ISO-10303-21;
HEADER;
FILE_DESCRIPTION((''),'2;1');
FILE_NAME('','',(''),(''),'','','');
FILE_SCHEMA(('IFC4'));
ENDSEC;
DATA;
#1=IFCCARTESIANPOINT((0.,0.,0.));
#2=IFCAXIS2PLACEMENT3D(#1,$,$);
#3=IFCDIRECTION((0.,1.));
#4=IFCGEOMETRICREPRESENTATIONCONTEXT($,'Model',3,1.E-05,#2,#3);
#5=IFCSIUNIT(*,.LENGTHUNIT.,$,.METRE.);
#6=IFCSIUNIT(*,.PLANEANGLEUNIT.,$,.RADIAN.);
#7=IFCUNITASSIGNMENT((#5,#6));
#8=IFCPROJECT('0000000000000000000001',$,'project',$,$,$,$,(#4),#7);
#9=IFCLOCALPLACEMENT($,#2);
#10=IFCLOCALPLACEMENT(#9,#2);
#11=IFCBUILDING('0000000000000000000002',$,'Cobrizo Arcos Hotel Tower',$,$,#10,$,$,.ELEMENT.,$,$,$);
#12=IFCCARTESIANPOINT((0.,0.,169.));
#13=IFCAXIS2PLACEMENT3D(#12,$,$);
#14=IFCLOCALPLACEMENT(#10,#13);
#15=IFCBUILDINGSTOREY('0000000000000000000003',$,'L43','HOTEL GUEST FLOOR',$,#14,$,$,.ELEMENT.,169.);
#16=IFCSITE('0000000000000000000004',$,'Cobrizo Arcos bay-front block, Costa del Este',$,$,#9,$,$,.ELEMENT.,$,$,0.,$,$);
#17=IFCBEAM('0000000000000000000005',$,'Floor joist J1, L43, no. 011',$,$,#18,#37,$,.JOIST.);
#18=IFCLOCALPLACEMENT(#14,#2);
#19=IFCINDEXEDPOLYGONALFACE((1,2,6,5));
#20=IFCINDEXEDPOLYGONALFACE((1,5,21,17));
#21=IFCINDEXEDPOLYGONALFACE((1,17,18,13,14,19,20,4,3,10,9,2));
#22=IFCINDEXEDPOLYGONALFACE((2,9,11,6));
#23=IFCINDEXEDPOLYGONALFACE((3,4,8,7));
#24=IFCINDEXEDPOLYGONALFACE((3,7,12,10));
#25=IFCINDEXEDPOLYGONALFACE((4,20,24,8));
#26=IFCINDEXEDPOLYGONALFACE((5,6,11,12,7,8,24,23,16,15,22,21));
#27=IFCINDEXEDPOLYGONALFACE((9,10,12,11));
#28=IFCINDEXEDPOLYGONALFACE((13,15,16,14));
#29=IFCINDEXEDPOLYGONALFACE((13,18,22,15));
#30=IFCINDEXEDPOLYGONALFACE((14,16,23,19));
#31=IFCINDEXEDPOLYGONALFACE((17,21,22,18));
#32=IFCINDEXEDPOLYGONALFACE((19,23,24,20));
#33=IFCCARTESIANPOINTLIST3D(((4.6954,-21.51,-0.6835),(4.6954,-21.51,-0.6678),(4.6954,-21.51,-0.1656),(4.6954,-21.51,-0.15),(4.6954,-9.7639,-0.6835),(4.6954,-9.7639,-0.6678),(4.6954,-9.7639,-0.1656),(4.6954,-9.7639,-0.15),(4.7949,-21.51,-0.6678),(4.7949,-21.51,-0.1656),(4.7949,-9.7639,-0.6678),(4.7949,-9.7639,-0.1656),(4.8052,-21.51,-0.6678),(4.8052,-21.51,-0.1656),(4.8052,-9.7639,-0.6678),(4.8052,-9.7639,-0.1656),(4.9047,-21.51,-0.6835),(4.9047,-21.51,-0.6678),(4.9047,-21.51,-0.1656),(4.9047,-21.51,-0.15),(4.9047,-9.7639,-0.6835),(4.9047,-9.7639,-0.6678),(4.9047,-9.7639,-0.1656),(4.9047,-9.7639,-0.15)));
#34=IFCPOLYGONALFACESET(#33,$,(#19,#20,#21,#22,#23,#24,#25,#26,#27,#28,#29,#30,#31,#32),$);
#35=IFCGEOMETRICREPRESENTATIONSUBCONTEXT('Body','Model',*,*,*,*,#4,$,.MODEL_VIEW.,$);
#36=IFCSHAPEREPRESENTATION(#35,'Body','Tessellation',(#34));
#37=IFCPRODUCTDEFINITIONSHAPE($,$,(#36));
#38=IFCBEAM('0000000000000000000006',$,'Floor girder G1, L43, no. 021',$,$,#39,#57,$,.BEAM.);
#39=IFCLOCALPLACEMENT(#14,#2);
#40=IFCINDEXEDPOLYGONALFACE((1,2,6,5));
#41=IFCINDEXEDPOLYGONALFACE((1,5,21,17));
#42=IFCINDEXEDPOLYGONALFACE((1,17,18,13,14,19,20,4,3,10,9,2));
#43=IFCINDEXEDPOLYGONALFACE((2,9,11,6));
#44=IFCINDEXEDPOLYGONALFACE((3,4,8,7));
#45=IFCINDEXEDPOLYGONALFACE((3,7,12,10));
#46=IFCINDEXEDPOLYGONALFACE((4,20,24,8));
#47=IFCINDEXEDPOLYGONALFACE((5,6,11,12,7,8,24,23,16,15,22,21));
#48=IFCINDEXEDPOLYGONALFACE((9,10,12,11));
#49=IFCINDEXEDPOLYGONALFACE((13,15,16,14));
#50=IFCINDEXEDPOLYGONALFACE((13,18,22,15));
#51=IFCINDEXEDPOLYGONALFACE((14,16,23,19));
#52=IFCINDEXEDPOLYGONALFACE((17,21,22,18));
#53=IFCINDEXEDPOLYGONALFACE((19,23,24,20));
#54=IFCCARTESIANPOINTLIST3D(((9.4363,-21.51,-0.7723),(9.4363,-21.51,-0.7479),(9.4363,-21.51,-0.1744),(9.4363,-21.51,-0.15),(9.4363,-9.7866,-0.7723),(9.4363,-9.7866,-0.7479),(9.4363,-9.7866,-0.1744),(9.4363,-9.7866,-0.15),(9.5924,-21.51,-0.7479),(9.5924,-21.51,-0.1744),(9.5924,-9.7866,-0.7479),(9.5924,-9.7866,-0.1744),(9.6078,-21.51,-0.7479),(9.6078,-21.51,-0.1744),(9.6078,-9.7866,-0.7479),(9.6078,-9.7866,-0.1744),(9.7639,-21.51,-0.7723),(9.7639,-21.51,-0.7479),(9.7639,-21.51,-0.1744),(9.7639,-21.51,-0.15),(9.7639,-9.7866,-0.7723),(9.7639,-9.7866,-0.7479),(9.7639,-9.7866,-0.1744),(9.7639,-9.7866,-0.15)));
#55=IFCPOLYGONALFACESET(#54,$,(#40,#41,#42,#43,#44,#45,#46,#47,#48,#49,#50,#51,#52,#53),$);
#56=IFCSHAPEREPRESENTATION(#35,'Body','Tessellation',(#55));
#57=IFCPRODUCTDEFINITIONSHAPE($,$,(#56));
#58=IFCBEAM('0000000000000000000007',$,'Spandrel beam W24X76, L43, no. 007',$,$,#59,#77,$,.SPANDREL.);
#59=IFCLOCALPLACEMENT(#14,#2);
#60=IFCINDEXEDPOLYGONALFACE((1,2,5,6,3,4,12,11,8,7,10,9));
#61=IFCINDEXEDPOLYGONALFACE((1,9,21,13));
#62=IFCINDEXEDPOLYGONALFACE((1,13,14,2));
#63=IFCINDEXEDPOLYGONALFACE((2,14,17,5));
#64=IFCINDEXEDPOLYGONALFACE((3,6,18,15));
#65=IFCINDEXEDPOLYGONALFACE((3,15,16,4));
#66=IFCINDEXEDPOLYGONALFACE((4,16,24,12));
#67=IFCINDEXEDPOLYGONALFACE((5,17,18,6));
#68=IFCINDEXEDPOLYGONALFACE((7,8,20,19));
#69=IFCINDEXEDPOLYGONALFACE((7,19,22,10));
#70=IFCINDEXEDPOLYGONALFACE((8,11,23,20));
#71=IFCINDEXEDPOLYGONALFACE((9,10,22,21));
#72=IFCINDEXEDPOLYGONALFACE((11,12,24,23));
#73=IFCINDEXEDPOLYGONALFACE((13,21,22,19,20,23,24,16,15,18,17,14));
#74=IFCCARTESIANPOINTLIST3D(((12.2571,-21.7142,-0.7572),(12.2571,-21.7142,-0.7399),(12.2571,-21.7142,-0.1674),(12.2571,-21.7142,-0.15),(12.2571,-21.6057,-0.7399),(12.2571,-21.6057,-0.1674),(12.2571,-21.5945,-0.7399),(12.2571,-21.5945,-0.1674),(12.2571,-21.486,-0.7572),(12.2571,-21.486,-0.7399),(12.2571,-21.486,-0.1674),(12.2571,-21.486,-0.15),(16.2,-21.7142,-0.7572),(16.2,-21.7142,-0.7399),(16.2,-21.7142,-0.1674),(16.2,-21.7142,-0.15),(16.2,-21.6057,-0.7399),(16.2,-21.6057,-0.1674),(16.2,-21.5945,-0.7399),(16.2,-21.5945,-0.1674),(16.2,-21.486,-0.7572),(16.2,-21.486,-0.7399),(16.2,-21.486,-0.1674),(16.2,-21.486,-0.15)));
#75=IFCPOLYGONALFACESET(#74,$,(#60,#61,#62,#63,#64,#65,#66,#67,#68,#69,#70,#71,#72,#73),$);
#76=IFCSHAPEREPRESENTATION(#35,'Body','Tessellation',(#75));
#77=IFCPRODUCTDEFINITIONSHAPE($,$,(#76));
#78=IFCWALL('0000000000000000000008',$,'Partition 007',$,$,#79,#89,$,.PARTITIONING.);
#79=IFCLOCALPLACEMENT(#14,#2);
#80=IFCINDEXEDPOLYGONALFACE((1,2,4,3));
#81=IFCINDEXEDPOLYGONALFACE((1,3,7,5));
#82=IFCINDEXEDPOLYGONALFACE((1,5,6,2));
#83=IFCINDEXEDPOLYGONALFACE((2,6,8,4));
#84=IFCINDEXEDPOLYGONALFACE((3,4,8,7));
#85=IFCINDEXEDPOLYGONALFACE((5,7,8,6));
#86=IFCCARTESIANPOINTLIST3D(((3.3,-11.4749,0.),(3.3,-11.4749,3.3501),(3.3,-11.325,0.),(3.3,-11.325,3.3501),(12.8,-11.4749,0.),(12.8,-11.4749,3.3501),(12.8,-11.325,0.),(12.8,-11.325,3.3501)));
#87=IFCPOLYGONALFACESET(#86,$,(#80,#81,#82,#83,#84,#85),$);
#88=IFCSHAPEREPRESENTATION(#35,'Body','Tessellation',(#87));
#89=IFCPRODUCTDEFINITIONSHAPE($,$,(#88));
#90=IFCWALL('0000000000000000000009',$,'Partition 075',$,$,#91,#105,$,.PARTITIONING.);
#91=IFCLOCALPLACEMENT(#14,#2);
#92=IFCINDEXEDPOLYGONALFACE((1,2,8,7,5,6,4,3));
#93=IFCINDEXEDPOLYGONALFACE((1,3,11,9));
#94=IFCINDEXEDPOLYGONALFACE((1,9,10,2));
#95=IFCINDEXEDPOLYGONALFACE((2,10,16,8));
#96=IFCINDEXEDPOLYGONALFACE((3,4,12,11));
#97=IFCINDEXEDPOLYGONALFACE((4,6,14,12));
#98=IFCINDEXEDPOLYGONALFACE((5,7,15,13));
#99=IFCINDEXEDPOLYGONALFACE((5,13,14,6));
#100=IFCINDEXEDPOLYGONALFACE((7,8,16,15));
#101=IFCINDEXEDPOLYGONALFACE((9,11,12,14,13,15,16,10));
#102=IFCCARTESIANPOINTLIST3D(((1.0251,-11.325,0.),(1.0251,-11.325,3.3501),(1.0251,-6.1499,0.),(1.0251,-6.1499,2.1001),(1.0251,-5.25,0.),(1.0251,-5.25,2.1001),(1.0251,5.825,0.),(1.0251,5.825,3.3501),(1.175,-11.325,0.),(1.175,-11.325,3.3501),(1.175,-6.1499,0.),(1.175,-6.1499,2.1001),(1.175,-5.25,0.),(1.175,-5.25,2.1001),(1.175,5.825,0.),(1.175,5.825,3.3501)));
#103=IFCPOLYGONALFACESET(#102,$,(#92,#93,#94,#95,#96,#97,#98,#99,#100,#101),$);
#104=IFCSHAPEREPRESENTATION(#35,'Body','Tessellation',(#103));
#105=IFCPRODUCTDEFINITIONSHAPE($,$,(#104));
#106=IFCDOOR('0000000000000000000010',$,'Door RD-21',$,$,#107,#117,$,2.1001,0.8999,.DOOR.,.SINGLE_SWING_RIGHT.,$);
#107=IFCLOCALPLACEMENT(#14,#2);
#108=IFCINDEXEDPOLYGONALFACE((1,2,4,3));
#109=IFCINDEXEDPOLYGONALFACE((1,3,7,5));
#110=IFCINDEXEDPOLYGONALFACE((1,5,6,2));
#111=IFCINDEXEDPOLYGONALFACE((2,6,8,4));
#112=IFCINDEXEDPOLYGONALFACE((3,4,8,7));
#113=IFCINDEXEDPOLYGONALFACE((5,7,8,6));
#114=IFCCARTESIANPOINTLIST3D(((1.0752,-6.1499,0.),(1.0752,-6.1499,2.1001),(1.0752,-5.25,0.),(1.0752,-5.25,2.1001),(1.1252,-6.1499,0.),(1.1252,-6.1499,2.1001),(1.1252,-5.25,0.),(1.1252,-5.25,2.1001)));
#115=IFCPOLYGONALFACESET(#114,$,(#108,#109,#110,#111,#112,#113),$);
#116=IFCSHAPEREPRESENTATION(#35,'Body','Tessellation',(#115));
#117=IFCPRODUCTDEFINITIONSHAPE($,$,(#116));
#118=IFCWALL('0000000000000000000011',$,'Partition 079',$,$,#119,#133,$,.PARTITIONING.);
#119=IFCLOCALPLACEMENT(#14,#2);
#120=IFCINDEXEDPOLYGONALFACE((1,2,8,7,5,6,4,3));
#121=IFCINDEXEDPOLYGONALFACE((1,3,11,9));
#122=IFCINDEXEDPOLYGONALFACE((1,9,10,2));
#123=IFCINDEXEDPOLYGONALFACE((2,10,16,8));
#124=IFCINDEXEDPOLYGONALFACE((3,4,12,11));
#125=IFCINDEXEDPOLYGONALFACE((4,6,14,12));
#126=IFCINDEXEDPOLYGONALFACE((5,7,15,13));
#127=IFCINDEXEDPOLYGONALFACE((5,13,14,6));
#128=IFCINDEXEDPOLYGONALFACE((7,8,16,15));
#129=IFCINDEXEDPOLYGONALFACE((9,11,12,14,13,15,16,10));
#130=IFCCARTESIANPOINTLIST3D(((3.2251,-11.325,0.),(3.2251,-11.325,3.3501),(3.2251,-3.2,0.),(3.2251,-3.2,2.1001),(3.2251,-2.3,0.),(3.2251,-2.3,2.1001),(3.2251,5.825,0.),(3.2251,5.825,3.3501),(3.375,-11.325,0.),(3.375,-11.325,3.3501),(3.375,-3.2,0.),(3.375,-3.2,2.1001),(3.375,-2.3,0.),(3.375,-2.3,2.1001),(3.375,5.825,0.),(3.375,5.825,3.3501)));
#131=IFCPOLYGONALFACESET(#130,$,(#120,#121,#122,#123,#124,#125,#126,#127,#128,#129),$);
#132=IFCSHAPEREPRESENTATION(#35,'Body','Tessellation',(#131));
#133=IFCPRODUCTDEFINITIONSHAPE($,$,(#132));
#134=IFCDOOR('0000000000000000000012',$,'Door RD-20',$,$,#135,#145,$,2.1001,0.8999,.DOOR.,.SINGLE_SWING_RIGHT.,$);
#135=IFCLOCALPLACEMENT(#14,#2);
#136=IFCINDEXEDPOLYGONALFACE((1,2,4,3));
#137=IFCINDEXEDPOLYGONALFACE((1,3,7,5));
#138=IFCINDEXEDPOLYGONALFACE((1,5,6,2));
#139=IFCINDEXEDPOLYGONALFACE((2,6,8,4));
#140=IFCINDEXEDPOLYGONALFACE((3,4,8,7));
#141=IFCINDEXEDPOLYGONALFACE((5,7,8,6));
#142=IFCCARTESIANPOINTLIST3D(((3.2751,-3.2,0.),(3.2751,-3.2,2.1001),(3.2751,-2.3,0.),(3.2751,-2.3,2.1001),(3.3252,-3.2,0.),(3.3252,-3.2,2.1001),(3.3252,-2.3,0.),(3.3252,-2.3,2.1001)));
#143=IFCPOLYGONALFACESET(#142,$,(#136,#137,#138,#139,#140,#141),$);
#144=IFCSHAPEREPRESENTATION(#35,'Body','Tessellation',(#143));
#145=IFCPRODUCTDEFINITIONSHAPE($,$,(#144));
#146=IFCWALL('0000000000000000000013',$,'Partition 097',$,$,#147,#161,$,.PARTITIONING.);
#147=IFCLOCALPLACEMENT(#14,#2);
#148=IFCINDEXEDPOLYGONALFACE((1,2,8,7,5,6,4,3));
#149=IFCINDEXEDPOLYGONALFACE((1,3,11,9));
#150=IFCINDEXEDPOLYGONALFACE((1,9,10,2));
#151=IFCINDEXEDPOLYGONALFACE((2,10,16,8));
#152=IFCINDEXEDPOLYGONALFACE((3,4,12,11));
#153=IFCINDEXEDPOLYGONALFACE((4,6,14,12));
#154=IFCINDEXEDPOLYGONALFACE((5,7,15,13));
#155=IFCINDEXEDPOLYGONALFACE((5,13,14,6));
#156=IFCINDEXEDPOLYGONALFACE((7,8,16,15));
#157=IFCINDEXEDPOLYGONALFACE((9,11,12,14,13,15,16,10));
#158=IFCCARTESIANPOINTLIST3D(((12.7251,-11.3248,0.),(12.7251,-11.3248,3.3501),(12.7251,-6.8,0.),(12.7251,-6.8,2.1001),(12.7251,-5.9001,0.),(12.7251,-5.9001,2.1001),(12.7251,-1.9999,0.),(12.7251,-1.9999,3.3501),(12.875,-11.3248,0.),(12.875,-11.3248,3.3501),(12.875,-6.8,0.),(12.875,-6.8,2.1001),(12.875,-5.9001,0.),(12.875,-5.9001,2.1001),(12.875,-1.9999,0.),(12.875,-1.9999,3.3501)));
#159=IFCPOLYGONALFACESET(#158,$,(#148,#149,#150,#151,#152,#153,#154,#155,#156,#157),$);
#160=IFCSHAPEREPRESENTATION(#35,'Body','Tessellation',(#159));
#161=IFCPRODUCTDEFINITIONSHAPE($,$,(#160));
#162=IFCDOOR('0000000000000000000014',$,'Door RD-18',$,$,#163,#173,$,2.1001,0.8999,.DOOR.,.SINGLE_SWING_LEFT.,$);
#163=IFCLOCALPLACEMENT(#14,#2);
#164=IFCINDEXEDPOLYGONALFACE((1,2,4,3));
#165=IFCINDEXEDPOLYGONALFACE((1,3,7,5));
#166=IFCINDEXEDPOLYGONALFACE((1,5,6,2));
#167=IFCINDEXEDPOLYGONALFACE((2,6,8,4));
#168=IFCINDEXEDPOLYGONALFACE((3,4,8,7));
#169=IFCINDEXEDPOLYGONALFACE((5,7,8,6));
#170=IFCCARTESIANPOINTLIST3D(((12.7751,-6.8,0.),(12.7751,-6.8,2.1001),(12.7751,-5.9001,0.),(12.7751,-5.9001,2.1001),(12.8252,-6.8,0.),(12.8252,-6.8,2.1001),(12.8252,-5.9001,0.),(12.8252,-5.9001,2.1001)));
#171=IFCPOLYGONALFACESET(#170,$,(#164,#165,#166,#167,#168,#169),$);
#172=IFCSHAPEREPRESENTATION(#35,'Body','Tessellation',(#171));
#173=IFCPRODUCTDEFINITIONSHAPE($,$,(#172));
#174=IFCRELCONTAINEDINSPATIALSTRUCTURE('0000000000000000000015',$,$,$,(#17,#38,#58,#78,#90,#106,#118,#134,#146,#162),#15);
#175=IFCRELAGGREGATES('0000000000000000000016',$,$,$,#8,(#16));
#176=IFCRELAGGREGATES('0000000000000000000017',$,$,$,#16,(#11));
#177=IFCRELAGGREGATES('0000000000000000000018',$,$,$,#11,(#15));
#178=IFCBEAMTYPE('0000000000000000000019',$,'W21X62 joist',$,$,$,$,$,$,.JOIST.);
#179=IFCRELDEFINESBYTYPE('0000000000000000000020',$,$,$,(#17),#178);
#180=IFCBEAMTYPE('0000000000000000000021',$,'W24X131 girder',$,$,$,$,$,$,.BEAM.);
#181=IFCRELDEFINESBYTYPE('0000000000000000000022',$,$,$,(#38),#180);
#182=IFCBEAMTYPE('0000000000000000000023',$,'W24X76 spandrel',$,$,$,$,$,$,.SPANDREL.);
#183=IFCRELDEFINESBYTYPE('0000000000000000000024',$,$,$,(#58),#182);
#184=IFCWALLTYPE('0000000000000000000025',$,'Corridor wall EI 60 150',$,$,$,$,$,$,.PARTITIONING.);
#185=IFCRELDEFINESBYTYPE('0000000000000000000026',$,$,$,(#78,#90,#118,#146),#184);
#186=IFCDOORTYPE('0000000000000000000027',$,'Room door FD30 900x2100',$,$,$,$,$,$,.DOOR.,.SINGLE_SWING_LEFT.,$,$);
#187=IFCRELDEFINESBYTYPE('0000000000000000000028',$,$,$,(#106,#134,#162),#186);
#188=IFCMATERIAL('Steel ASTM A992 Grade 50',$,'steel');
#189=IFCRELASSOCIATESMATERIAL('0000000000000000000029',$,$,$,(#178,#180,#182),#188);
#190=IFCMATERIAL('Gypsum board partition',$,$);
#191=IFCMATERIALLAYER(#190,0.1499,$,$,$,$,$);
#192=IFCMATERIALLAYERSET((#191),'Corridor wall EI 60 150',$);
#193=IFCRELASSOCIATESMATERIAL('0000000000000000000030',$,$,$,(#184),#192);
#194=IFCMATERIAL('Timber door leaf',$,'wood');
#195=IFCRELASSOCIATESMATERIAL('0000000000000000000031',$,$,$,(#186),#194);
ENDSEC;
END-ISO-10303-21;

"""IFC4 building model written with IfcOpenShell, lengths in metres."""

from ifc_helpers import new_model, si_unit, direction, frame, frame_2d, origin, origin_2d, place, context, subcontext, project, spatial, rectangle, i_section, extrude, material, layer, layer_set, material_profile, profile_set, type_object, element, fill, save


model = new_model("IFC4")

# Units and contexts
model_context = context("Model", 3, precision=1e-05, world=origin(), true_north=direction((0.0, 1.0)))
body_context = subcontext(model_context, "Body", "Model", "MODEL_VIEW")
ifc_project = project(units=[si_unit("LENGTHUNIT", "METRE"), si_unit("PLANEANGLEUNIT", "RADIAN")], contexts=[model_context])

# Site, building, storey
site_placement = place(None, origin())
site = spatial("IfcSite", under=ifc_project, at=site_placement, Name="Cobrizo Arcos bay-front block, Costa del Este", CompositionType="ELEMENT", RefElevation=0.0)
building_placement = place(site_placement, origin())
building = spatial("IfcBuilding", under=site, at=building_placement, Name="Cobrizo Arcos Hotel Tower", CompositionType="ELEMENT")
storey_placement = place(building_placement, frame((0.0, 0.0, 169.0)))
storey = spatial("IfcBuildingStorey", under=building, at=storey_placement, Name="L43", Description="HOTEL GUEST FLOOR", CompositionType="ELEMENT", Elevation=169.0)

# Beams
ifc_material_1 = material(Name="Steel ASTM A992 Grade 50", Category="steel")
ifc_material_profile_1 = material_profile(ifc_material_1, i_section(OverallWidth=0.2092, OverallDepth=0.5334, WebThickness=0.0103, FlangeThickness=0.0156, at=origin_2d()), Name="W21X62")
ifc_profile_set_1 = profile_set([ifc_material_profile_1], Name="Steel ASTM A992 Grade 50")
beam_type_1 = type_object("IfcBeamType", Name="W21X62 joist", PredefinedType="JOIST", material=ifc_profile_set_1)
beam_1_placement = place(storey_placement, frame((4.8, -21.51, -0.4167), z_axis=(0.0, 1.0, 0.0), x_axis=(-1.0, 0.0, 0.0)))
element("IfcBeam", 1, at=beam_1_placement, inside=storey, type_object=beam_type_1, Name="Floor joist J1, L43, no. 011", PredefinedType="JOIST", context=body_context, shape_type="SweptSolid", body=[
    extrude(i_section(OverallWidth=0.2092, OverallDepth=0.5334, WebThickness=0.0103, FlangeThickness=0.0156, at=origin_2d()), origin(), (0.0, 0.0, 1.0), 11.7461),
])
ifc_material_profile_2 = material_profile(ifc_material_1, i_section(OverallWidth=0.3276, OverallDepth=0.6223, WebThickness=0.0154, FlangeThickness=0.0244, at=origin_2d()), Name="W24X131")
ifc_profile_set_2 = profile_set([ifc_material_profile_2], Name="Steel ASTM A992 Grade 50")
beam_type_2 = type_object("IfcBeamType", Name="W24X131 girder", PredefinedType="BEAM", material=ifc_profile_set_2)
beam_2_placement = place(storey_placement, frame((9.6001, -21.51, -0.4612), z_axis=(0.0, 1.0, 0.0), x_axis=(-1.0, 0.0, 0.0)))
element("IfcBeam", 2, at=beam_2_placement, inside=storey, type_object=beam_type_2, Name="Floor girder G1, L43, no. 021", PredefinedType="BEAM", context=body_context, shape_type="SweptSolid", body=[
    extrude(i_section(OverallWidth=0.3276, OverallDepth=0.6223, WebThickness=0.0154, FlangeThickness=0.0244, at=origin_2d()), origin(), (0.0, 0.0, 1.0), 11.7234),
])
ifc_material_profile_3 = material_profile(ifc_material_1, i_section(OverallWidth=0.2283, OverallDepth=0.6072, WebThickness=0.0112, FlangeThickness=0.0173, at=origin_2d()), Name="W24X76")
ifc_profile_set_3 = profile_set([ifc_material_profile_3], Name="Steel ASTM A992 Grade 50")
beam_type_3 = type_object("IfcBeamType", Name="W24X76 spandrel", PredefinedType="SPANDREL", material=ifc_profile_set_3)
beam_3_placement = place(storey_placement, frame((12.2571, -21.6001, -0.4536), z_axis=(1.0, 0.0, 0.0), x_axis=(0.0, 1.0, 0.0)))
element("IfcBeam", 3, at=beam_3_placement, inside=storey, type_object=beam_type_3, Name="Spandrel beam W24X76, L43, no. 007", PredefinedType="SPANDREL", context=body_context, shape_type="SweptSolid", body=[
    extrude(i_section(OverallWidth=0.2283, OverallDepth=0.6072, WebThickness=0.0112, FlangeThickness=0.0173, at=origin_2d()), origin(), (0.0, 0.0, 1.0), 3.9429),
])

# Wall
ifc_material_2 = material(Name="Gypsum board partition")
ifc_layer_1 = layer(ifc_material_2, 0.1499)
ifc_layer_set_1 = layer_set([ifc_layer_1], Name="Corridor wall EI 60 150")
wall_type_1 = type_object("IfcWallType", Name="Corridor wall EI 60 150", PredefinedType="PARTITIONING", material=ifc_layer_set_1)
wall_1_placement = place(storey_placement, frame((3.3, -11.3999, 0.0), z_axis=(0.0, 0.0, 1.0), x_axis=(1.0, 0.0, 0.0)))
element("IfcWall", 4, at=wall_1_placement, inside=storey, type_object=wall_type_1, Name="Partition 007", PredefinedType="PARTITIONING", context=body_context, shape_type="SweptSolid", body=[
    extrude(rectangle(XDim=9.5, YDim=0.1499, at=frame_2d((4.75, 0.0))), origin(), (0.0, 0.0, 1.0), 3.3501),
])

# Walls, openings, doors
wall_2_placement = place(storey_placement, frame((1.1001, -11.325, 0.0), z_axis=(0.0, 0.0, 1.0), x_axis=(0.0, 1.0, 0.0)))
wall_2 = element("IfcWall", 5, at=wall_2_placement, inside=storey, type_object=wall_type_1, Name="Partition 075", PredefinedType="PARTITIONING", context=body_context, shape_type="SweptSolid", body=[
    extrude(rectangle(XDim=17.1499, YDim=0.1499, at=frame_2d((8.575, 0.0))), origin(), (0.0, 0.0, 1.0), 3.3501),
])
opening_1_placement = place(wall_2_placement, frame((5.175, 0.0, 0.0)))
opening_1 = element("IfcOpeningElement", 6, at=opening_1_placement, cuts=wall_2, PredefinedType="OPENING", context=body_context, shape_type="SweptSolid", body=[
    extrude(rectangle(XDim=0.8999, YDim=2.1001, at=frame_2d((0.45, 1.05))), frame((0.0, 0.0869, 0.0), z_axis=(0.0, -1.0, 0.0), x_axis=(1.0, 0.0, 0.0)), (0.0, 0.0, 1.0), 0.1738),
])
ifc_material_3 = material(Name="Timber door leaf", Category="wood")
door_type_1 = type_object("IfcDoorType", Name="Room door FD30 900x2100", OperationType="SINGLE_SWING_LEFT", PredefinedType="DOOR", material=ifc_material_3)
door_1_placement = place(opening_1_placement, origin())
door_1 = element("IfcDoor", 7, at=door_1_placement, inside=storey, type_object=door_type_1, Name="Door RD-21", OperationType="SINGLE_SWING_RIGHT", OverallHeight=2.1001, OverallWidth=0.8999, PredefinedType="DOOR", context=body_context, shape_type="SweptSolid", body=[
    extrude(rectangle(XDim=0.8999, YDim=2.1001, at=frame_2d((0.45, 1.05))), frame((0.0, 0.0249, 0.0), z_axis=(0.0, -1.0, 0.0), x_axis=(1.0, 0.0, 0.0)), (0.0, 0.0, 1.0), 0.05),
])
fill(opening_1, door_1)
wall_3_placement = place(storey_placement, frame((3.3, -11.325, 0.0), z_axis=(0.0, 0.0, 1.0), x_axis=(0.0, 1.0, 0.0)))
wall_3 = element("IfcWall", 8, at=wall_3_placement, inside=storey, type_object=wall_type_1, Name="Partition 079", PredefinedType="PARTITIONING", context=body_context, shape_type="SweptSolid", body=[
    extrude(rectangle(XDim=17.1499, YDim=0.1499, at=frame_2d((8.575, 0.0))), origin(), (0.0, 0.0, 1.0), 3.3501),
])
opening_2_placement = place(wall_3_placement, frame((8.125, 0.0, 0.0)))
opening_2 = element("IfcOpeningElement", 9, at=opening_2_placement, cuts=wall_3, PredefinedType="OPENING", context=body_context, shape_type="SweptSolid", body=[
    extrude(rectangle(XDim=0.8999, YDim=2.1001, at=frame_2d((0.45, 1.05))), frame((0.0, 0.0869, 0.0), z_axis=(0.0, -1.0, 0.0), x_axis=(1.0, 0.0, 0.0)), (0.0, 0.0, 1.0), 0.1738),
])
door_2_placement = place(opening_2_placement, origin())
door_2 = element("IfcDoor", 10, at=door_2_placement, inside=storey, type_object=door_type_1, Name="Door RD-20", OperationType="SINGLE_SWING_RIGHT", OverallHeight=2.1001, OverallWidth=0.8999, PredefinedType="DOOR", context=body_context, shape_type="SweptSolid", body=[
    extrude(rectangle(XDim=0.8999, YDim=2.1001, at=frame_2d((0.45, 1.05))), frame((0.0, 0.0249, 0.0), z_axis=(0.0, -1.0, 0.0), x_axis=(1.0, 0.0, 0.0)), (0.0, 0.0, 1.0), 0.05),
])
fill(opening_2, door_2)
wall_4_placement = place(storey_placement, frame((12.8, -11.325, 0.0), z_axis=(0.0, 0.0, 1.0), x_axis=(0.0, 1.0, 0.0)))
wall_4 = element("IfcWall", 11, at=wall_4_placement, inside=storey, type_object=wall_type_1, Name="Partition 097", PredefinedType="PARTITIONING", context=body_context, shape_type="SweptSolid", body=[
    extrude(rectangle(XDim=9.325, YDim=0.1499, at=frame_2d((4.6626, 0.0))), origin(), (0.0, 0.0, 1.0), 3.3501),
])
opening_3_placement = place(wall_4_placement, frame((4.5249, 0.0, 0.0)))
opening_3 = element("IfcOpeningElement", 12, at=opening_3_placement, cuts=wall_4, PredefinedType="OPENING", context=body_context, shape_type="SweptSolid", body=[
    extrude(rectangle(XDim=0.8999, YDim=2.1001, at=frame_2d((0.45, 1.05))), frame((0.0, 0.0869, 0.0), z_axis=(0.0, -1.0, 0.0), x_axis=(1.0, 0.0, 0.0)), (0.0, 0.0, 1.0), 0.1738),
])
door_3_placement = place(opening_3_placement, origin())
door_3 = element("IfcDoor", 13, at=door_3_placement, inside=storey, type_object=door_type_1, Name="Door RD-18", OperationType="SINGLE_SWING_LEFT", OverallHeight=2.1001, OverallWidth=0.8999, PredefinedType="DOOR", context=body_context, shape_type="SweptSolid", body=[
    extrude(rectangle(XDim=0.8999, YDim=2.1001, at=frame_2d((0.45, 1.05))), frame((0.0, 0.0249, 0.0), z_axis=(0.0, -1.0, 0.0), x_axis=(1.0, 0.0, 0.0)), (0.0, 0.0, 1.0), 0.05),
])
fill(opening_3, door_3)

save(model, "model.ifc")
